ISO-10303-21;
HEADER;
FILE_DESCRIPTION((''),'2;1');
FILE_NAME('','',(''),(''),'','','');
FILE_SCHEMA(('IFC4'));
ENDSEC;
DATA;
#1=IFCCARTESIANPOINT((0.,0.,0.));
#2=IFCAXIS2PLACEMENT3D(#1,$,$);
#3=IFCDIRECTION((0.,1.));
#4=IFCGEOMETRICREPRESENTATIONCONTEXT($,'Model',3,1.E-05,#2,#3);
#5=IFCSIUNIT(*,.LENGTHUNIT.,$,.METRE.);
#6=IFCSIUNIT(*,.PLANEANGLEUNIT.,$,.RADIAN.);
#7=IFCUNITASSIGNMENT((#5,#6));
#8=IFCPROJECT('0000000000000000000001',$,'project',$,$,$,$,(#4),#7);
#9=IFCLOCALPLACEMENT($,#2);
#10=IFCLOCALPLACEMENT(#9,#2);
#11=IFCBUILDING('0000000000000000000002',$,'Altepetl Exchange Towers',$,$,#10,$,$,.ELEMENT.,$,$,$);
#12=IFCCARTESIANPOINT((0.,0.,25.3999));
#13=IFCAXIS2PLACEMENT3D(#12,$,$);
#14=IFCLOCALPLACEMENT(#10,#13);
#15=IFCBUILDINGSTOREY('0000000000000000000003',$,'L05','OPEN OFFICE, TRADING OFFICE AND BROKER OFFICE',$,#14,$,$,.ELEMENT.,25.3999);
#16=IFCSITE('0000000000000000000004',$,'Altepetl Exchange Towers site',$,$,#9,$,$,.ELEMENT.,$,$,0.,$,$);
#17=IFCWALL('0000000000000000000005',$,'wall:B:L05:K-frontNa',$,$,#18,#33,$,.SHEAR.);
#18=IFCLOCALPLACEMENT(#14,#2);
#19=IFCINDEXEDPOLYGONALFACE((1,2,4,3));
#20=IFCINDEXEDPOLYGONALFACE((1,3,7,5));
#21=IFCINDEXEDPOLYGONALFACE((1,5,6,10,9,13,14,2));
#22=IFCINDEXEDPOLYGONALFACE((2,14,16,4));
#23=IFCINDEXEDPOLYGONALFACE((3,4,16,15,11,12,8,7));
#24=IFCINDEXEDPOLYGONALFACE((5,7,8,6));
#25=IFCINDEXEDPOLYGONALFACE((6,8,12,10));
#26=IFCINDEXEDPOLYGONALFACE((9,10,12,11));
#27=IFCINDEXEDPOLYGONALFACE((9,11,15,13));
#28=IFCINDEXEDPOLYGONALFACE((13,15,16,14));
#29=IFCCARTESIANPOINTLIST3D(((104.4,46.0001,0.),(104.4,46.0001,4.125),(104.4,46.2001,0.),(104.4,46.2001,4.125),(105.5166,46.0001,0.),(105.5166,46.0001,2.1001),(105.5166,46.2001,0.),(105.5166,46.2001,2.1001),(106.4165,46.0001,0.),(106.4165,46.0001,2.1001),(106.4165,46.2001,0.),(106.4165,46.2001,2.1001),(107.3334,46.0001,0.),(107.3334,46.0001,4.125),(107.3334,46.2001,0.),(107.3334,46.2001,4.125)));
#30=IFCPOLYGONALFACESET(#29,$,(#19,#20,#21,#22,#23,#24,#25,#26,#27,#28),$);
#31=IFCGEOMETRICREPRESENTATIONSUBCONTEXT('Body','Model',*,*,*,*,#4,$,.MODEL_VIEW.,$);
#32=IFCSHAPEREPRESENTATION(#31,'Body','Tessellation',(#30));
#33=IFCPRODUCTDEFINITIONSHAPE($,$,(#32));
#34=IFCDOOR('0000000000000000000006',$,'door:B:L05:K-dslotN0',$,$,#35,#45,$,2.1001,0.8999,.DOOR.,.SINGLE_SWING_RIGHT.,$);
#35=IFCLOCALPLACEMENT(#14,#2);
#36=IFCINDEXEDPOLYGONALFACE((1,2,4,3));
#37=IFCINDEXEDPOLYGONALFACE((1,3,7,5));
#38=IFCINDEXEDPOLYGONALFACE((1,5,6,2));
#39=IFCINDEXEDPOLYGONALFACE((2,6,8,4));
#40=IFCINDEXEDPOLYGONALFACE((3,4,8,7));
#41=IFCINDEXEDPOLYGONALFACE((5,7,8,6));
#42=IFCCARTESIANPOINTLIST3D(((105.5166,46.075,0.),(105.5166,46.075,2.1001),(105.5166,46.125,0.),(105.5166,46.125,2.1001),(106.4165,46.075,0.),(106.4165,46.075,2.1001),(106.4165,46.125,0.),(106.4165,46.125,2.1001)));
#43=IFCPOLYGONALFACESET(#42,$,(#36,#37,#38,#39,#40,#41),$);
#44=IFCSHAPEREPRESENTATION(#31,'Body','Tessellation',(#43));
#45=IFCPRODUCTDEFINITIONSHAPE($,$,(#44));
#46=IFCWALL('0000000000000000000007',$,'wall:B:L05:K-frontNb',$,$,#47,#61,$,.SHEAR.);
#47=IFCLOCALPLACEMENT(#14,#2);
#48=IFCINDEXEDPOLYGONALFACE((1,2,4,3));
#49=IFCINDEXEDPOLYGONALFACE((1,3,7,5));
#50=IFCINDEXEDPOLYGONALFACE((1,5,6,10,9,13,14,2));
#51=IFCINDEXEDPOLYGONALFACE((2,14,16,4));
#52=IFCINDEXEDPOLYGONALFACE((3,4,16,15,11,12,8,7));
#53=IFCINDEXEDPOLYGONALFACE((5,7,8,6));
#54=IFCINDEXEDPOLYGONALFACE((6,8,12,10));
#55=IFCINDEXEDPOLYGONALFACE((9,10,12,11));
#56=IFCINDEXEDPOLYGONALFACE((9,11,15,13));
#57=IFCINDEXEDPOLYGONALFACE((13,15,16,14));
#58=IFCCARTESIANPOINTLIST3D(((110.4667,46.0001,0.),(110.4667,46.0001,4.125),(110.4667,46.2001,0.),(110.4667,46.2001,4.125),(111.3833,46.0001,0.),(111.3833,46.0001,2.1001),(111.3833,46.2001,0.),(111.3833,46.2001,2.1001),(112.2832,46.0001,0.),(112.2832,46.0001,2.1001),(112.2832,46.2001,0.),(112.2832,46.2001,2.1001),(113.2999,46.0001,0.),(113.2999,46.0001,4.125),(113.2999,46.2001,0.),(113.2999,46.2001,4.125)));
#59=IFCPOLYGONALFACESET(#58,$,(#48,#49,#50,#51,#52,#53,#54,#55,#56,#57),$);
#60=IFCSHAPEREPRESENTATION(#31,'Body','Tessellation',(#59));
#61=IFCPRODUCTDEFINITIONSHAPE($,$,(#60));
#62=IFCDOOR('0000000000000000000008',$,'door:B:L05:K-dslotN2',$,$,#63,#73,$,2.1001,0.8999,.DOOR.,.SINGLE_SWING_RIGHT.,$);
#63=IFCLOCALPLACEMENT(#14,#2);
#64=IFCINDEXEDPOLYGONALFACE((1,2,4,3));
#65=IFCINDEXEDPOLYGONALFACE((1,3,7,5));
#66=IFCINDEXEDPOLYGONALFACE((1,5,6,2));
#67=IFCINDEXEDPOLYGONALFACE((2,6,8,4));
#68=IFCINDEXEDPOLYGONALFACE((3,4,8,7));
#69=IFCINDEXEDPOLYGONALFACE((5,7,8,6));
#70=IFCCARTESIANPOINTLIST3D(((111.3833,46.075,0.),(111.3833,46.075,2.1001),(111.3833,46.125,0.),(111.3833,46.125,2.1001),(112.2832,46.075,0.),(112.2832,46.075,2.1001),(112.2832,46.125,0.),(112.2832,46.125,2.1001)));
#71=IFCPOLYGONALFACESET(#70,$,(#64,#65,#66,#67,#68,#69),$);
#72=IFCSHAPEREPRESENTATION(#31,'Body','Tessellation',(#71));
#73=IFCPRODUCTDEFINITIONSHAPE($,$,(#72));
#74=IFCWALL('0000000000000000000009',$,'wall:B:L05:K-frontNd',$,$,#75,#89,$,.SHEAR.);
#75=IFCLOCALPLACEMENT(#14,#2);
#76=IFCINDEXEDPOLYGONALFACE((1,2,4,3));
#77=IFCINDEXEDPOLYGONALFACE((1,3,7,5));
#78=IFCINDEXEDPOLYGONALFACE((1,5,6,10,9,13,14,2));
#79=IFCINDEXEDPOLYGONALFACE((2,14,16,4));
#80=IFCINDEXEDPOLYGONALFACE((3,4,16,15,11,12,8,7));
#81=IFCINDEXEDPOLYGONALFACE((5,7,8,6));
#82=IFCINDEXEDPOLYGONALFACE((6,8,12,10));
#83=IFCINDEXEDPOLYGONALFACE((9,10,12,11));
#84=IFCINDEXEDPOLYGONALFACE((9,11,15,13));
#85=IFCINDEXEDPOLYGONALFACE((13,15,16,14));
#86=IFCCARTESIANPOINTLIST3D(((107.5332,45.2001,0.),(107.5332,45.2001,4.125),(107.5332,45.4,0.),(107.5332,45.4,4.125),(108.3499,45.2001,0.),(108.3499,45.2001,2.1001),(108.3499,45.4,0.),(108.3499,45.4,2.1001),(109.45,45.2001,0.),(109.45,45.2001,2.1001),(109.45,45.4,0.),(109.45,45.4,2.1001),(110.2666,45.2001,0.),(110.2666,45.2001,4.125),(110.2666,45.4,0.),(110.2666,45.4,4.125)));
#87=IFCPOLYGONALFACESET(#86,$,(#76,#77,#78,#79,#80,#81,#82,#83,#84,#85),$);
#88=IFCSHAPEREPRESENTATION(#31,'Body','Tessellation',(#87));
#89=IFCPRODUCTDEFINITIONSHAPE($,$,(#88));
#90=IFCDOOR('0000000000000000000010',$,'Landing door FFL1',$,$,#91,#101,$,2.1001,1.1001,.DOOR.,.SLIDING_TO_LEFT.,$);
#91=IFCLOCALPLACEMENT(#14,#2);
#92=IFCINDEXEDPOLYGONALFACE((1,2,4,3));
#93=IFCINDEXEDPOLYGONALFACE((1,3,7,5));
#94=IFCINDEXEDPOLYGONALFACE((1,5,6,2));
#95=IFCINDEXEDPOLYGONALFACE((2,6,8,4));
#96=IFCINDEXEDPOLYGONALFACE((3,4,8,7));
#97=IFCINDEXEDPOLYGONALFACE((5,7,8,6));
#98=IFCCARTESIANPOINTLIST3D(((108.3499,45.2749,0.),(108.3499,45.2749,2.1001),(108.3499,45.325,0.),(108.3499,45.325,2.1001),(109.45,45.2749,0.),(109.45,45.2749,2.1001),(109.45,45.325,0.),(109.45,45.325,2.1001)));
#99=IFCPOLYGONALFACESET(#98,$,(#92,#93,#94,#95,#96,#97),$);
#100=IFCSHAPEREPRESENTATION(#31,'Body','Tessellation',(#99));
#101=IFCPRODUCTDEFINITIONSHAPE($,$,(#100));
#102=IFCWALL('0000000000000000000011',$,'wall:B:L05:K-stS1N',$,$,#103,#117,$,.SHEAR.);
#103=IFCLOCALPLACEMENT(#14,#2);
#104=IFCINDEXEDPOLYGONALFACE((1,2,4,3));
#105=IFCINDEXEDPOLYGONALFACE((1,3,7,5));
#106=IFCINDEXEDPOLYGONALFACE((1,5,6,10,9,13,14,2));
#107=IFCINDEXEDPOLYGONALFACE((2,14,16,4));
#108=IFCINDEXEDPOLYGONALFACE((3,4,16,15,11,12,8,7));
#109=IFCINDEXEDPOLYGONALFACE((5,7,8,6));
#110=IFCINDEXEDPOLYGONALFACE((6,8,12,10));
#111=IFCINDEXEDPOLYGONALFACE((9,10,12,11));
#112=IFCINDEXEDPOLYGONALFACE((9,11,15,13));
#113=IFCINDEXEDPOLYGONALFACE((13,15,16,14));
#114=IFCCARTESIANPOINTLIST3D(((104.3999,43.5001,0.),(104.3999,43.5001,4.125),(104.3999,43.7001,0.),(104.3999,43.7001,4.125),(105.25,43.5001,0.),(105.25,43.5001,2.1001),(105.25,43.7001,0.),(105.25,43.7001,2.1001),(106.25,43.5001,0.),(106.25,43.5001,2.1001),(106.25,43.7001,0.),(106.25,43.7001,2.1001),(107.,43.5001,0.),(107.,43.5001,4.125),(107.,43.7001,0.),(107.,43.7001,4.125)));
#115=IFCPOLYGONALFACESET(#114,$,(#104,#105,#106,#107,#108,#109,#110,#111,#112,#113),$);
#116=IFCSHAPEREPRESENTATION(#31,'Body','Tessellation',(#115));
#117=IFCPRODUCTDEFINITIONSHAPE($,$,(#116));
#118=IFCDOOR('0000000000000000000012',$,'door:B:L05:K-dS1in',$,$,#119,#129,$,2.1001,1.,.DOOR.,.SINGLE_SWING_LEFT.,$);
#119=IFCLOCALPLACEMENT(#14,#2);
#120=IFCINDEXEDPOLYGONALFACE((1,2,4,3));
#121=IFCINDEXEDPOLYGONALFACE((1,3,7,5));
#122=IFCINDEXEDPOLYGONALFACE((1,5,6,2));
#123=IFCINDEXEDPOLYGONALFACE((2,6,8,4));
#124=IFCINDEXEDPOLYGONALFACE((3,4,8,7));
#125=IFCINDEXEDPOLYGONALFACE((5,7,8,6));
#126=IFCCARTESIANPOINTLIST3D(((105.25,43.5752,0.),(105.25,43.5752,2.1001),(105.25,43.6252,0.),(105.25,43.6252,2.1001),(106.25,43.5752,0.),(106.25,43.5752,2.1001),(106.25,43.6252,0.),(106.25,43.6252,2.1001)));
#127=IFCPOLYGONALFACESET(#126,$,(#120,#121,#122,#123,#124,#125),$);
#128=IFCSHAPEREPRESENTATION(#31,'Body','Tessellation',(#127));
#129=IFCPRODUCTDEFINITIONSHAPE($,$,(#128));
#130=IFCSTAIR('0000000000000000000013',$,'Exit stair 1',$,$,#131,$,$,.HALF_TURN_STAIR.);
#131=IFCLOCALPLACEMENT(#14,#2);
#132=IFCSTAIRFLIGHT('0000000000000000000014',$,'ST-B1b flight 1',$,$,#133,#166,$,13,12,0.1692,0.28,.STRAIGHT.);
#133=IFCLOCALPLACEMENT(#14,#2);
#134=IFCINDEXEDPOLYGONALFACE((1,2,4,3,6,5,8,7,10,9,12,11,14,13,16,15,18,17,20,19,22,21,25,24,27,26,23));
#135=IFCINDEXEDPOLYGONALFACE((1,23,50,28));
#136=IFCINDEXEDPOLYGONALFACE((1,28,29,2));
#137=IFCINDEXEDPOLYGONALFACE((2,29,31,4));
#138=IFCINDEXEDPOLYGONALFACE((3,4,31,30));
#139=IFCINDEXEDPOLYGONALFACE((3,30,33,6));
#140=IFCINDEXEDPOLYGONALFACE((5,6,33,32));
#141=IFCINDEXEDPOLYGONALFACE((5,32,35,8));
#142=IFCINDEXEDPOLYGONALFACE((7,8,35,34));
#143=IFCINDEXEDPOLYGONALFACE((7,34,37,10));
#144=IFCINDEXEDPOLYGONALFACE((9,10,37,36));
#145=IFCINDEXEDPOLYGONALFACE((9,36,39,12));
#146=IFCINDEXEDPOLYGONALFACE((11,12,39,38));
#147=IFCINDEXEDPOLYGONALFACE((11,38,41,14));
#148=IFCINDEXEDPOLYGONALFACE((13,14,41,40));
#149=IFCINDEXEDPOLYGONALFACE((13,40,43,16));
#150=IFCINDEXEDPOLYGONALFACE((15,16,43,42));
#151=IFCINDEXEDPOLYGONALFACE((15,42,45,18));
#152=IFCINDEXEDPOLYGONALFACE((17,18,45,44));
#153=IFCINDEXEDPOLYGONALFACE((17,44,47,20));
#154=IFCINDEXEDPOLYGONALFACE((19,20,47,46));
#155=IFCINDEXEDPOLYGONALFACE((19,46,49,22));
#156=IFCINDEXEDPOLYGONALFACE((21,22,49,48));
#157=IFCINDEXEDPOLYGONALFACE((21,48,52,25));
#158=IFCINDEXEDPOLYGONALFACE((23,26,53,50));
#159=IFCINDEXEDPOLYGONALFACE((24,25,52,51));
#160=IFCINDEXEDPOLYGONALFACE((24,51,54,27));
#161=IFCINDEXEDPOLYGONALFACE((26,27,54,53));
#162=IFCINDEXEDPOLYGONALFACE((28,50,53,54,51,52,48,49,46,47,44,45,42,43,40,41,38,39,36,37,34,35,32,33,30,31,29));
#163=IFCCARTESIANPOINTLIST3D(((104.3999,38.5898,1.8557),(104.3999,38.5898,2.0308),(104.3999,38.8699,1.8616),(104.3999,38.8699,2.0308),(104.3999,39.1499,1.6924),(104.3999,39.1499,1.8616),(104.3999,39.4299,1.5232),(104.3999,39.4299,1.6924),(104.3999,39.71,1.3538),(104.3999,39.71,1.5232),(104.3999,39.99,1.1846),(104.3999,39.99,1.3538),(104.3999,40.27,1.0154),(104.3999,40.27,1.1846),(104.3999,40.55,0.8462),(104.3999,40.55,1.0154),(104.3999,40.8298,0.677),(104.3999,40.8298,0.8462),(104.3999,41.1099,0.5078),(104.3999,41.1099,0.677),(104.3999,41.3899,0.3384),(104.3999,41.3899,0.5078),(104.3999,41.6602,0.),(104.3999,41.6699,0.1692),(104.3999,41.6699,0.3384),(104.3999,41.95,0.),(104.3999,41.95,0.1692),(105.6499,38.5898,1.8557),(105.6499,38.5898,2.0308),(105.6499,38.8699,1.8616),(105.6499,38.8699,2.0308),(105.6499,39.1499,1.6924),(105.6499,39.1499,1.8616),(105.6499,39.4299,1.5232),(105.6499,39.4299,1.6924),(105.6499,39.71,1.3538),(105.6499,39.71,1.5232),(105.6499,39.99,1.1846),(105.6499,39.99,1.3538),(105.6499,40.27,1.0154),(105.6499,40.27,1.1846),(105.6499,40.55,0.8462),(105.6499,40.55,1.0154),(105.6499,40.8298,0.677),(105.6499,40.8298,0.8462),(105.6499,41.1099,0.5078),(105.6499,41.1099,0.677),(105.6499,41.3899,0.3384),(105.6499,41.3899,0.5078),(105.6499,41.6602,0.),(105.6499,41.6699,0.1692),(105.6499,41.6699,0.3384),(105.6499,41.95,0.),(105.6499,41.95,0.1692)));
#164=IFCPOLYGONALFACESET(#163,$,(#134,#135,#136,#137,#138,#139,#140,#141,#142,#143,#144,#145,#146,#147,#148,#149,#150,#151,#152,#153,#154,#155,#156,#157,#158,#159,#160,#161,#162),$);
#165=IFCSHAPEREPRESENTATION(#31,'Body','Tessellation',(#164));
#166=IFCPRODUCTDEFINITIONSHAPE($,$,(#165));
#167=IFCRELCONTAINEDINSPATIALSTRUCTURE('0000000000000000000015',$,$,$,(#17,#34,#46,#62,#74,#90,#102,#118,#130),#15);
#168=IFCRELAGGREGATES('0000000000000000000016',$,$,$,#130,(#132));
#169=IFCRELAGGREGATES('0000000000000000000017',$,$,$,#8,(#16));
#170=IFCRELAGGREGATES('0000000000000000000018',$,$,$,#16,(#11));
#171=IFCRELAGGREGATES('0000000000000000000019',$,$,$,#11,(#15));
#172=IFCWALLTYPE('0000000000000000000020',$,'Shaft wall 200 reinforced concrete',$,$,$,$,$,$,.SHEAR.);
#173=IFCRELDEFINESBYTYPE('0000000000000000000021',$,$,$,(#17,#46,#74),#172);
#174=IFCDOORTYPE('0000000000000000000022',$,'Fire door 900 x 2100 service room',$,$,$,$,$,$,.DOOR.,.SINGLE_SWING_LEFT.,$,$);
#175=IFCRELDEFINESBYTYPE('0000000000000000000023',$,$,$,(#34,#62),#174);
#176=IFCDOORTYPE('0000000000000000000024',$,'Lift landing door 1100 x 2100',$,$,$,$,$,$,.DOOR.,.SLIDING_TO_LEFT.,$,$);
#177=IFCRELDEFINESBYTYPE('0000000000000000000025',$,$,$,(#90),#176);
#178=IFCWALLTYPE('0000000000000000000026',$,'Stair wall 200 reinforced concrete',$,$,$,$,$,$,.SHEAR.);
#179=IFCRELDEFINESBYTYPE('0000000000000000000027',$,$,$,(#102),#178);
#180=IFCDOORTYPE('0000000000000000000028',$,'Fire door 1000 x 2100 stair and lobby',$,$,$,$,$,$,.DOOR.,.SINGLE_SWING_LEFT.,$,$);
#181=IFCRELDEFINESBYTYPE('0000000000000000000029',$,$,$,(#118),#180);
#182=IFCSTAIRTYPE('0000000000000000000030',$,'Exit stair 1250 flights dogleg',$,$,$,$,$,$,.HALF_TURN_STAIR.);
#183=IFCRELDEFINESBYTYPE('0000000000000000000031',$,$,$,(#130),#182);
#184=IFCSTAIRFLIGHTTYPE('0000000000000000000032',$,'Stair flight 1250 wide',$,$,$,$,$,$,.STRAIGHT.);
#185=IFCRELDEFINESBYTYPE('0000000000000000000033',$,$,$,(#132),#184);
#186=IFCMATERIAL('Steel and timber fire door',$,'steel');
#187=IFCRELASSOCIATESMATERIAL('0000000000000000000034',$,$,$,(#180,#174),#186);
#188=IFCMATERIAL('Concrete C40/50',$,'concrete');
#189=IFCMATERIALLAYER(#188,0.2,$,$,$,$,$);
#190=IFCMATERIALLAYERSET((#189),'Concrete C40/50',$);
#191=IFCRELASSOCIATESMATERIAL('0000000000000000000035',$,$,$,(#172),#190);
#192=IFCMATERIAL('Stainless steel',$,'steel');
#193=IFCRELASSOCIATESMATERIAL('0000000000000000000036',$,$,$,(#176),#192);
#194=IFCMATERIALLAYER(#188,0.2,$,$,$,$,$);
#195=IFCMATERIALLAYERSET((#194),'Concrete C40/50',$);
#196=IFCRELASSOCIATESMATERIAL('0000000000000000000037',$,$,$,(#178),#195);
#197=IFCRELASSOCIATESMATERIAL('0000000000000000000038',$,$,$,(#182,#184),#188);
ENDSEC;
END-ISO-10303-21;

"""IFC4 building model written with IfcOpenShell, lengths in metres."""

from ifc_helpers import new_model, si_unit, direction, frame, frame_2d, origin, place, context, subcontext, project, spatial, polyline, rectangle, outline, extrude, material, layer, layer_set, type_object, element, fill, aggregate, save


model = new_model("IFC4")

# Units and contexts
model_context = context("Model", 3, precision=1e-05, world=origin(), true_north=direction((0.0, 1.0)))
body_context = subcontext(model_context, "Body", "Model", "MODEL_VIEW")
ifc_project = project(units=[si_unit("LENGTHUNIT", "METRE"), si_unit("PLANEANGLEUNIT", "RADIAN")], contexts=[model_context])

# Site, building, storey
site_placement = place(None, origin())
site = spatial("IfcSite", under=ifc_project, at=site_placement, Name="Altepetl Exchange Towers site", CompositionType="ELEMENT", RefElevation=0.0)
building_placement = place(site_placement, origin())
building = spatial("IfcBuilding", under=site, at=building_placement, Name="Altepetl Exchange Towers", CompositionType="ELEMENT")
storey_placement = place(building_placement, frame((0.0, 0.0, 25.3999)))
storey = spatial("IfcBuildingStorey", under=building, at=storey_placement, Name="L05", Description="OPEN OFFICE, TRADING OFFICE AND BROKER OFFICE", CompositionType="ELEMENT", Elevation=25.3999)

# Shared definitions
ifc_material_1 = material(Name="Steel and timber fire door", Category="steel")
door_type_1 = type_object("IfcDoorType", Name="Fire door 1000 x 2100 stair and lobby", OperationType="SINGLE_SWING_LEFT", PredefinedType="DOOR", material=ifc_material_1)
door_type_2 = type_object("IfcDoorType", Name="Fire door 900 x 2100 service room", OperationType="SINGLE_SWING_LEFT", PredefinedType="DOOR", material=ifc_material_1)

# Shared definitions
ifc_material_2 = material(Name="Concrete C40/50", Category="concrete")
ifc_layer_1 = layer(ifc_material_2, 0.2)
ifc_layer_set_1 = layer_set([ifc_layer_1], Name="Concrete C40/50")
wall_type_1 = type_object("IfcWallType", Name="Shaft wall 200 reinforced concrete", PredefinedType="SHEAR", material=ifc_layer_set_1)

# Walls, openings, doors
wall_1_placement = place(storey_placement, frame((104.3999, 46.1001, 0.0)))
wall_1 = element("IfcWall", 1, at=wall_1_placement, inside=storey, type_object=wall_type_1, Name="wall:B:L05:K-frontNa", PredefinedType="SHEAR", context=body_context, shape_type="SweptSolid", body=[
    extrude(rectangle(XDim=2.9333, YDim=0.2, at=frame_2d((1.4668, 0.0))), origin(), (0.0, 0.0, 1.0), 4.125),
])
opening_1_placement = place(wall_1_placement, frame((1.1167, 0.0, 0.0)))
opening_1 = element("IfcOpeningElement", 2, at=opening_1_placement, cuts=wall_1, PredefinedType="OPENING", context=body_context, shape_type="SweptSolid", body=[
    extrude(rectangle(XDim=0.8999, YDim=2.1001, at=frame_2d((0.45, 1.05))), frame((0.0, 0.1099, 0.0), z_axis=(0.0, -1.0, 0.0), x_axis=(1.0, 0.0, 0.0)), (0.0, 0.0, 1.0), 0.22),
])
door_1_placement = place(opening_1_placement, origin())
door_1 = element("IfcDoor", 3, at=door_1_placement, inside=storey, type_object=door_type_2, Name="door:B:L05:K-dslotN0", OperationType="SINGLE_SWING_RIGHT", OverallHeight=2.1001, OverallWidth=0.8999, PredefinedType="DOOR", context=body_context, shape_type="SweptSolid", body=[
    extrude(rectangle(XDim=0.8999, YDim=2.1001, at=frame_2d((0.45, 1.05))), frame((0.0, 0.0249, 0.0), z_axis=(0.0, -1.0, 0.0), x_axis=(1.0, 0.0, 0.0)), (0.0, 0.0, 1.0), 0.05),
])
fill(opening_1, door_1)
wall_2_placement = place(storey_placement, frame((110.4668, 46.1001, 0.0)))
wall_2 = element("IfcWall", 4, at=wall_2_placement, inside=storey, type_object=wall_type_1, Name="wall:B:L05:K-frontNb", PredefinedType="SHEAR", context=body_context, shape_type="SweptSolid", body=[
    extrude(rectangle(XDim=2.8333, YDim=0.2, at=frame_2d((1.4165, 0.0))), origin(), (0.0, 0.0, 1.0), 4.125),
])
opening_2_placement = place(wall_2_placement, frame((0.9165, 0.0, 0.0)))
opening_2 = element("IfcOpeningElement", 5, at=opening_2_placement, cuts=wall_2, PredefinedType="OPENING", context=body_context, shape_type="SweptSolid", body=[
    extrude(rectangle(XDim=0.8999, YDim=2.1001, at=frame_2d((0.45, 1.05))), frame((0.0, 0.1099, 0.0), z_axis=(0.0, -1.0, 0.0), x_axis=(1.0, 0.0, 0.0)), (0.0, 0.0, 1.0), 0.22),
])
door_2_placement = place(opening_2_placement, origin())
door_2 = element("IfcDoor", 6, at=door_2_placement, inside=storey, type_object=door_type_2, Name="door:B:L05:K-dslotN2", OperationType="SINGLE_SWING_RIGHT", OverallHeight=2.1001, OverallWidth=0.8999, PredefinedType="DOOR", context=body_context, shape_type="SweptSolid", body=[
    extrude(rectangle(XDim=0.8999, YDim=2.1001, at=frame_2d((0.45, 1.05))), frame((0.0, 0.0249, 0.0), z_axis=(0.0, -1.0, 0.0), x_axis=(1.0, 0.0, 0.0)), (0.0, 0.0, 1.0), 0.05),
])
fill(opening_2, door_2)
wall_3_placement = place(storey_placement, frame((107.5332, 45.3, 0.0)))
wall_3 = element("IfcWall", 7, at=wall_3_placement, inside=storey, type_object=wall_type_1, Name="wall:B:L05:K-frontNd", PredefinedType="SHEAR", context=body_context, shape_type="SweptSolid", body=[
    extrude(rectangle(XDim=2.7334, YDim=0.2, at=frame_2d((1.3667, 0.0))), origin(), (0.0, 0.0, 1.0), 4.125),
])
opening_3_placement = place(wall_3_placement, frame((0.8167, 0.0, 0.0)))
opening_3 = element("IfcOpeningElement", 8, at=opening_3_placement, cuts=wall_3, PredefinedType="OPENING", context=body_context, shape_type="SweptSolid", body=[
    extrude(rectangle(XDim=1.1001, YDim=2.1001, at=frame_2d((0.55, 1.05))), frame((0.0, 0.1099, 0.0), z_axis=(0.0, -1.0, 0.0), x_axis=(1.0, 0.0, 0.0)), (0.0, 0.0, 1.0), 0.22),
])
ifc_material_3 = material(Name="Stainless steel", Category="steel")
door_type_3 = type_object("IfcDoorType", Name="Lift landing door 1100 x 2100", OperationType="SLIDING_TO_LEFT", PredefinedType="DOOR", material=ifc_material_3)
door_3_placement = place(opening_3_placement, origin())
door_3 = element("IfcDoor", 9, at=door_3_placement, inside=storey, type_object=door_type_3, Name="Landing door FFL1", OperationType="SLIDING_TO_LEFT", OverallHeight=2.1001, OverallWidth=1.1001, PredefinedType="DOOR", context=body_context, shape_type="SweptSolid", body=[
    extrude(rectangle(XDim=1.1001, YDim=2.1001, at=frame_2d((0.55, 1.05))), frame((0.0, 0.0249, 0.0), z_axis=(0.0, -1.0, 0.0), x_axis=(1.0, 0.0, 0.0)), (0.0, 0.0, 1.0), 0.05),
])
fill(opening_3, door_3)
ifc_layer_2 = layer(ifc_material_2, 0.2)
ifc_layer_set_2 = layer_set([ifc_layer_2], Name="Concrete C40/50")
wall_type_2 = type_object("IfcWallType", Name="Stair wall 200 reinforced concrete", PredefinedType="SHEAR", material=ifc_layer_set_2)
wall_4_placement = place(storey_placement, frame((104.3999, 43.6001, 0.0)))
wall_4 = element("IfcWall", 10, at=wall_4_placement, inside=storey, type_object=wall_type_2, Name="wall:B:L05:K-stS1N", PredefinedType="SHEAR", context=body_context, shape_type="SweptSolid", body=[
    extrude(rectangle(XDim=2.6001, YDim=0.2, at=frame_2d((1.3, 0.0))), origin(), (0.0, 0.0, 1.0), 4.125),
])
opening_4_placement = place(wall_4_placement, frame((0.8501, 0.0, 0.0)))
opening_4 = element("IfcOpeningElement", 11, at=opening_4_placement, cuts=wall_4, PredefinedType="OPENING", context=body_context, shape_type="SweptSolid", body=[
    extrude(rectangle(XDim=1.0, YDim=2.1001, at=frame_2d((0.5, 1.05))), frame((0.0, 0.1099, 0.0), z_axis=(0.0, -1.0, 0.0), x_axis=(1.0, 0.0, 0.0)), (0.0, 0.0, 1.0), 0.22),
])
door_4_placement = place(opening_4_placement, frame((1.0, 0.0, 0.0), x_axis=(-1.0, 0.0, 0.0)))
door_4 = element("IfcDoor", 12, at=door_4_placement, inside=storey, type_object=door_type_1, Name="door:B:L05:K-dS1in", OperationType="SINGLE_SWING_LEFT", OverallHeight=2.1001, OverallWidth=1.0, PredefinedType="DOOR", context=body_context, shape_type="SweptSolid", body=[
    extrude(rectangle(XDim=1.0, YDim=2.1001, at=frame_2d((0.5, 1.05))), frame((0.0, 0.0249, 0.0), z_axis=(0.0, -1.0, 0.0), x_axis=(1.0, 0.0, 0.0)), (0.0, 0.0, 1.0), 0.05),
])
fill(opening_4, door_4)

# Stair, stair flight
stair_type = type_object("IfcStairType", Name="Exit stair 1250 flights dogleg", PredefinedType="HALF_TURN_STAIR", material=ifc_material_2)
stair_1_placement = place(storey_placement, origin())
stair_1 = element("IfcStair", 13, at=stair_1_placement, inside=storey, type_object=stair_type, Name="Exit stair 1", PredefinedType="HALF_TURN_STAIR")
stair_flight_type = type_object("IfcStairFlightType", Name="Stair flight 1250 wide", PredefinedType="STRAIGHT", material=ifc_material_2)
stair_flight_1_placement = place(storey_placement, frame((105.0249, 41.95, 0.0), z_axis=(0.0, 0.0, 1.0), x_axis=(0.0, -1.0, 0.0)))
stair_flight_1 = element("IfcStairFlight", 14, at=stair_flight_1_placement, type_object=stair_flight_type, Name="ST-B1b flight 1", NumberOfRisers=13, NumberOfTreads=12, PredefinedType="STRAIGHT", RiserHeight=0.1692, TreadLength=0.28, context=body_context, shape_type="SweptSolid", body=[
    extrude(outline(polyline([(0.0, 0.0), (0.0, 0.1692), (0.28, 0.1692), (0.28, 0.3384), (0.5601, 0.3384), (0.5601, 0.5078), (0.8401, 0.5078), (0.8401, 0.677), (1.1201, 0.677), (1.1201, 0.8462), (1.3999, 0.8462), (1.3999, 1.0154), (1.6799, 1.0154), (1.6799, 1.1846), (1.96, 1.1846), (1.96, 1.3538), (2.24, 1.3538), (2.24, 1.5232), (2.52, 1.5232), (2.52, 1.6924), (2.8, 1.6924), (2.8, 1.8616), (3.0801, 1.8616), (3.0801, 2.0308), (3.3601, 2.0308), (3.3601, 2.2), (3.3601, 1.8557), (0.2898, 0.0), (0.0, 0.0)])), frame((0.0, 0.625, 0.0), z_axis=(0.0, -1.0, 0.0), x_axis=(1.0, 0.0, 0.0)), (0.0, 0.0, 1.0), 1.25),
])
aggregate(stair_1, [stair_flight_1])

save(model, "model.ifc")
